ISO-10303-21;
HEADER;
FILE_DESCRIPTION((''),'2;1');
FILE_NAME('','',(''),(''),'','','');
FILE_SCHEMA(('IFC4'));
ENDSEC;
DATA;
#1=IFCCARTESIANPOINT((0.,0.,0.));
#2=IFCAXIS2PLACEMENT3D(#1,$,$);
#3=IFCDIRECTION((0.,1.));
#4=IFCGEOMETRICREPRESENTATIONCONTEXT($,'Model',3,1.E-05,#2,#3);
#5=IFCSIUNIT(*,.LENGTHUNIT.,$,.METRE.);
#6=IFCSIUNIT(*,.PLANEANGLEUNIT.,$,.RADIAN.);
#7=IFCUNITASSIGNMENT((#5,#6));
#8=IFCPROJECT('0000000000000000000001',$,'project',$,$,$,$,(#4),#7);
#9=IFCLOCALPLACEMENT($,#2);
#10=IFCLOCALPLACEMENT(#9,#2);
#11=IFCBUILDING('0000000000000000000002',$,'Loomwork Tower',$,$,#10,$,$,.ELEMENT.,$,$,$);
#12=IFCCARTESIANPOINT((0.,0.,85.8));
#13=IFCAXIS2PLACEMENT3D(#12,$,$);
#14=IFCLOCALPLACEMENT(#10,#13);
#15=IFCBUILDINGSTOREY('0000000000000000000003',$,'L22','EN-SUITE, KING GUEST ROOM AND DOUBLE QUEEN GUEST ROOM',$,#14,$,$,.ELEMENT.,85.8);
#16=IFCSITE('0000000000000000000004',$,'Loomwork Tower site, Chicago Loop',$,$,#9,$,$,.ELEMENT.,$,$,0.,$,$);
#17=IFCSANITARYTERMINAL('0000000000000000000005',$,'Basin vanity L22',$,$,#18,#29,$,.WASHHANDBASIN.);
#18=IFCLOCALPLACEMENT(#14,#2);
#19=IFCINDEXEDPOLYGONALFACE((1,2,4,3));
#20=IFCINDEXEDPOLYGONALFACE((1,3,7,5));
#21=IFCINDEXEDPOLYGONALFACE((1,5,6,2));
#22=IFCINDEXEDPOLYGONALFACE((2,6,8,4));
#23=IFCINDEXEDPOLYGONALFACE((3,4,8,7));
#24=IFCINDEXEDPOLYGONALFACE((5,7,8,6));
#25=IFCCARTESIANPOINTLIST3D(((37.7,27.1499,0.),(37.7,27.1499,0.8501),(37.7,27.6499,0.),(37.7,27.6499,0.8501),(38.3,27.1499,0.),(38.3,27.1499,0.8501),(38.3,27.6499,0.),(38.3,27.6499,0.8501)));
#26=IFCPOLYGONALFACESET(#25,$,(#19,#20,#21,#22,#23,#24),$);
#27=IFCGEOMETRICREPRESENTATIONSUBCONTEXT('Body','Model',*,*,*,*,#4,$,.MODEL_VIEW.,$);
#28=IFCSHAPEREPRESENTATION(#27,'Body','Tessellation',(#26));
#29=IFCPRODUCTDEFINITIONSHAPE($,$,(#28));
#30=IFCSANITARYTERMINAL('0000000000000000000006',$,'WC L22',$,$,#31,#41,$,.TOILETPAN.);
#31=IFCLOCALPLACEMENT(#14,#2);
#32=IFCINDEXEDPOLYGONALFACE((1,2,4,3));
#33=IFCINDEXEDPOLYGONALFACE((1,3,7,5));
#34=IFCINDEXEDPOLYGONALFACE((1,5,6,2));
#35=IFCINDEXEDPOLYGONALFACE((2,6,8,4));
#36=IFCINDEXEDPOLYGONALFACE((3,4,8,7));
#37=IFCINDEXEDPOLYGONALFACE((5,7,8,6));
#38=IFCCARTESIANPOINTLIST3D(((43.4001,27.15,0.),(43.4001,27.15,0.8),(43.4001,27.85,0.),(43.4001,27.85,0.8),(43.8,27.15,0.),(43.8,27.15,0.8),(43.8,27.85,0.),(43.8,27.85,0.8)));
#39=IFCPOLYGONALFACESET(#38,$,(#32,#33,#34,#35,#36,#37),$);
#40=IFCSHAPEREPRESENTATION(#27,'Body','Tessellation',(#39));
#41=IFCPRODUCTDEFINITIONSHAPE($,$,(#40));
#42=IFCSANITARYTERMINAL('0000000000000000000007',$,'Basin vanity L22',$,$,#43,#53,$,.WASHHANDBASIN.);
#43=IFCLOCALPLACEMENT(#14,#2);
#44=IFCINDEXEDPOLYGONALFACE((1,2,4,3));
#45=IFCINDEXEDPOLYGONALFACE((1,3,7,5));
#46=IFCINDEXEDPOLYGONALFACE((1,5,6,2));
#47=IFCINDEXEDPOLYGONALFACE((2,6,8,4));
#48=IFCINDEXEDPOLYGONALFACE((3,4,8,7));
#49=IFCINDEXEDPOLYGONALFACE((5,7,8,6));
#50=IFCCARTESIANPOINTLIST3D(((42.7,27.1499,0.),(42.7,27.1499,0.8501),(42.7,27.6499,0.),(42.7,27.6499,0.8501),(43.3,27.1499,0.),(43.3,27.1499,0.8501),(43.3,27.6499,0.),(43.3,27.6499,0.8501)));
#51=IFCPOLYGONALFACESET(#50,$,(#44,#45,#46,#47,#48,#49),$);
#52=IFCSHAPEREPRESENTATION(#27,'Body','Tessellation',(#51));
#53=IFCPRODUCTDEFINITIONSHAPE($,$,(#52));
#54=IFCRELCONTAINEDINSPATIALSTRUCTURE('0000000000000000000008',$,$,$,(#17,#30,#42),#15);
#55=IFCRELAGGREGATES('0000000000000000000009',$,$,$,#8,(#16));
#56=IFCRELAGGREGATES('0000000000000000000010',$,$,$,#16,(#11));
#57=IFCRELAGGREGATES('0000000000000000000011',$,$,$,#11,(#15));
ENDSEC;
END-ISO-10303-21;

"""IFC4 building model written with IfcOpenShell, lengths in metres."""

from ifc_helpers import new_model, si_unit, direction, frame, origin, origin_2d, place, context, subcontext, project, spatial, rectangle, extrude, element, save


model = new_model("IFC4")

# Units and contexts
model_context = context("Model", 3, precision=1e-05, world=origin(), true_north=direction((0.0, 1.0)))
body_context = subcontext(model_context, "Body", "Model", "MODEL_VIEW")
ifc_project = project(units=[si_unit("LENGTHUNIT", "METRE"), si_unit("PLANEANGLEUNIT", "RADIAN")], contexts=[model_context])

# Site, building, storey
site_placement = place(None, origin())
site = spatial("IfcSite", under=ifc_project, at=site_placement, Name="Loomwork Tower site, Chicago Loop", CompositionType="ELEMENT", RefElevation=0.0)
building_placement = place(site_placement, origin())
building = spatial("IfcBuilding", under=site, at=building_placement, Name="Loomwork Tower", CompositionType="ELEMENT")
storey_placement = place(building_placement, frame((0.0, 0.0, 85.8)))
storey = spatial("IfcBuildingStorey", under=building, at=storey_placement, Name="L22", Description="EN-SUITE, KING GUEST ROOM AND DOUBLE QUEEN GUEST ROOM", CompositionType="ELEMENT", Elevation=85.8)

# Sanitary terminals
sanitary_terminal_1_placement = place(storey_placement, frame((38.0, 27.3999, 0.0), z_axis=(0.0, 0.0, 1.0), x_axis=(1.0, 0.0, 0.0)))
element("IfcSanitaryTerminal", 1, at=sanitary_terminal_1_placement, inside=storey, Name="Basin vanity L22", PredefinedType="WASHHANDBASIN", context=body_context, shape_type="SweptSolid", body=[
    extrude(rectangle(XDim=0.6001, YDim=0.5, at=origin_2d()), origin(), (0.0, 0.0, 1.0), 0.8501),
])
sanitary_terminal_2_placement = place(storey_placement, frame((43.6001, 27.5, 0.0), z_axis=(0.0, 0.0, 1.0), x_axis=(1.0, 0.0, 0.0)))
element("IfcSanitaryTerminal", 2, at=sanitary_terminal_2_placement, inside=storey, Name="WC L22", PredefinedType="TOILETPAN", context=body_context, shape_type="SweptSolid", body=[
    extrude(rectangle(XDim=0.3999, YDim=0.7, at=origin_2d()), origin(), (0.0, 0.0, 1.0), 0.8),
])
sanitary_terminal_3_placement = place(storey_placement, frame((43.0, 27.3999, 0.0), z_axis=(0.0, 0.0, 1.0), x_axis=(1.0, 0.0, 0.0)))
element("IfcSanitaryTerminal", 3, at=sanitary_terminal_3_placement, inside=storey, Name="Basin vanity L22", PredefinedType="WASHHANDBASIN", context=body_context, shape_type="SweptSolid", body=[
    extrude(rectangle(XDim=0.6001, YDim=0.5, at=origin_2d()), origin(), (0.0, 0.0, 1.0), 0.8501),
])

save(model, "model.ifc")
